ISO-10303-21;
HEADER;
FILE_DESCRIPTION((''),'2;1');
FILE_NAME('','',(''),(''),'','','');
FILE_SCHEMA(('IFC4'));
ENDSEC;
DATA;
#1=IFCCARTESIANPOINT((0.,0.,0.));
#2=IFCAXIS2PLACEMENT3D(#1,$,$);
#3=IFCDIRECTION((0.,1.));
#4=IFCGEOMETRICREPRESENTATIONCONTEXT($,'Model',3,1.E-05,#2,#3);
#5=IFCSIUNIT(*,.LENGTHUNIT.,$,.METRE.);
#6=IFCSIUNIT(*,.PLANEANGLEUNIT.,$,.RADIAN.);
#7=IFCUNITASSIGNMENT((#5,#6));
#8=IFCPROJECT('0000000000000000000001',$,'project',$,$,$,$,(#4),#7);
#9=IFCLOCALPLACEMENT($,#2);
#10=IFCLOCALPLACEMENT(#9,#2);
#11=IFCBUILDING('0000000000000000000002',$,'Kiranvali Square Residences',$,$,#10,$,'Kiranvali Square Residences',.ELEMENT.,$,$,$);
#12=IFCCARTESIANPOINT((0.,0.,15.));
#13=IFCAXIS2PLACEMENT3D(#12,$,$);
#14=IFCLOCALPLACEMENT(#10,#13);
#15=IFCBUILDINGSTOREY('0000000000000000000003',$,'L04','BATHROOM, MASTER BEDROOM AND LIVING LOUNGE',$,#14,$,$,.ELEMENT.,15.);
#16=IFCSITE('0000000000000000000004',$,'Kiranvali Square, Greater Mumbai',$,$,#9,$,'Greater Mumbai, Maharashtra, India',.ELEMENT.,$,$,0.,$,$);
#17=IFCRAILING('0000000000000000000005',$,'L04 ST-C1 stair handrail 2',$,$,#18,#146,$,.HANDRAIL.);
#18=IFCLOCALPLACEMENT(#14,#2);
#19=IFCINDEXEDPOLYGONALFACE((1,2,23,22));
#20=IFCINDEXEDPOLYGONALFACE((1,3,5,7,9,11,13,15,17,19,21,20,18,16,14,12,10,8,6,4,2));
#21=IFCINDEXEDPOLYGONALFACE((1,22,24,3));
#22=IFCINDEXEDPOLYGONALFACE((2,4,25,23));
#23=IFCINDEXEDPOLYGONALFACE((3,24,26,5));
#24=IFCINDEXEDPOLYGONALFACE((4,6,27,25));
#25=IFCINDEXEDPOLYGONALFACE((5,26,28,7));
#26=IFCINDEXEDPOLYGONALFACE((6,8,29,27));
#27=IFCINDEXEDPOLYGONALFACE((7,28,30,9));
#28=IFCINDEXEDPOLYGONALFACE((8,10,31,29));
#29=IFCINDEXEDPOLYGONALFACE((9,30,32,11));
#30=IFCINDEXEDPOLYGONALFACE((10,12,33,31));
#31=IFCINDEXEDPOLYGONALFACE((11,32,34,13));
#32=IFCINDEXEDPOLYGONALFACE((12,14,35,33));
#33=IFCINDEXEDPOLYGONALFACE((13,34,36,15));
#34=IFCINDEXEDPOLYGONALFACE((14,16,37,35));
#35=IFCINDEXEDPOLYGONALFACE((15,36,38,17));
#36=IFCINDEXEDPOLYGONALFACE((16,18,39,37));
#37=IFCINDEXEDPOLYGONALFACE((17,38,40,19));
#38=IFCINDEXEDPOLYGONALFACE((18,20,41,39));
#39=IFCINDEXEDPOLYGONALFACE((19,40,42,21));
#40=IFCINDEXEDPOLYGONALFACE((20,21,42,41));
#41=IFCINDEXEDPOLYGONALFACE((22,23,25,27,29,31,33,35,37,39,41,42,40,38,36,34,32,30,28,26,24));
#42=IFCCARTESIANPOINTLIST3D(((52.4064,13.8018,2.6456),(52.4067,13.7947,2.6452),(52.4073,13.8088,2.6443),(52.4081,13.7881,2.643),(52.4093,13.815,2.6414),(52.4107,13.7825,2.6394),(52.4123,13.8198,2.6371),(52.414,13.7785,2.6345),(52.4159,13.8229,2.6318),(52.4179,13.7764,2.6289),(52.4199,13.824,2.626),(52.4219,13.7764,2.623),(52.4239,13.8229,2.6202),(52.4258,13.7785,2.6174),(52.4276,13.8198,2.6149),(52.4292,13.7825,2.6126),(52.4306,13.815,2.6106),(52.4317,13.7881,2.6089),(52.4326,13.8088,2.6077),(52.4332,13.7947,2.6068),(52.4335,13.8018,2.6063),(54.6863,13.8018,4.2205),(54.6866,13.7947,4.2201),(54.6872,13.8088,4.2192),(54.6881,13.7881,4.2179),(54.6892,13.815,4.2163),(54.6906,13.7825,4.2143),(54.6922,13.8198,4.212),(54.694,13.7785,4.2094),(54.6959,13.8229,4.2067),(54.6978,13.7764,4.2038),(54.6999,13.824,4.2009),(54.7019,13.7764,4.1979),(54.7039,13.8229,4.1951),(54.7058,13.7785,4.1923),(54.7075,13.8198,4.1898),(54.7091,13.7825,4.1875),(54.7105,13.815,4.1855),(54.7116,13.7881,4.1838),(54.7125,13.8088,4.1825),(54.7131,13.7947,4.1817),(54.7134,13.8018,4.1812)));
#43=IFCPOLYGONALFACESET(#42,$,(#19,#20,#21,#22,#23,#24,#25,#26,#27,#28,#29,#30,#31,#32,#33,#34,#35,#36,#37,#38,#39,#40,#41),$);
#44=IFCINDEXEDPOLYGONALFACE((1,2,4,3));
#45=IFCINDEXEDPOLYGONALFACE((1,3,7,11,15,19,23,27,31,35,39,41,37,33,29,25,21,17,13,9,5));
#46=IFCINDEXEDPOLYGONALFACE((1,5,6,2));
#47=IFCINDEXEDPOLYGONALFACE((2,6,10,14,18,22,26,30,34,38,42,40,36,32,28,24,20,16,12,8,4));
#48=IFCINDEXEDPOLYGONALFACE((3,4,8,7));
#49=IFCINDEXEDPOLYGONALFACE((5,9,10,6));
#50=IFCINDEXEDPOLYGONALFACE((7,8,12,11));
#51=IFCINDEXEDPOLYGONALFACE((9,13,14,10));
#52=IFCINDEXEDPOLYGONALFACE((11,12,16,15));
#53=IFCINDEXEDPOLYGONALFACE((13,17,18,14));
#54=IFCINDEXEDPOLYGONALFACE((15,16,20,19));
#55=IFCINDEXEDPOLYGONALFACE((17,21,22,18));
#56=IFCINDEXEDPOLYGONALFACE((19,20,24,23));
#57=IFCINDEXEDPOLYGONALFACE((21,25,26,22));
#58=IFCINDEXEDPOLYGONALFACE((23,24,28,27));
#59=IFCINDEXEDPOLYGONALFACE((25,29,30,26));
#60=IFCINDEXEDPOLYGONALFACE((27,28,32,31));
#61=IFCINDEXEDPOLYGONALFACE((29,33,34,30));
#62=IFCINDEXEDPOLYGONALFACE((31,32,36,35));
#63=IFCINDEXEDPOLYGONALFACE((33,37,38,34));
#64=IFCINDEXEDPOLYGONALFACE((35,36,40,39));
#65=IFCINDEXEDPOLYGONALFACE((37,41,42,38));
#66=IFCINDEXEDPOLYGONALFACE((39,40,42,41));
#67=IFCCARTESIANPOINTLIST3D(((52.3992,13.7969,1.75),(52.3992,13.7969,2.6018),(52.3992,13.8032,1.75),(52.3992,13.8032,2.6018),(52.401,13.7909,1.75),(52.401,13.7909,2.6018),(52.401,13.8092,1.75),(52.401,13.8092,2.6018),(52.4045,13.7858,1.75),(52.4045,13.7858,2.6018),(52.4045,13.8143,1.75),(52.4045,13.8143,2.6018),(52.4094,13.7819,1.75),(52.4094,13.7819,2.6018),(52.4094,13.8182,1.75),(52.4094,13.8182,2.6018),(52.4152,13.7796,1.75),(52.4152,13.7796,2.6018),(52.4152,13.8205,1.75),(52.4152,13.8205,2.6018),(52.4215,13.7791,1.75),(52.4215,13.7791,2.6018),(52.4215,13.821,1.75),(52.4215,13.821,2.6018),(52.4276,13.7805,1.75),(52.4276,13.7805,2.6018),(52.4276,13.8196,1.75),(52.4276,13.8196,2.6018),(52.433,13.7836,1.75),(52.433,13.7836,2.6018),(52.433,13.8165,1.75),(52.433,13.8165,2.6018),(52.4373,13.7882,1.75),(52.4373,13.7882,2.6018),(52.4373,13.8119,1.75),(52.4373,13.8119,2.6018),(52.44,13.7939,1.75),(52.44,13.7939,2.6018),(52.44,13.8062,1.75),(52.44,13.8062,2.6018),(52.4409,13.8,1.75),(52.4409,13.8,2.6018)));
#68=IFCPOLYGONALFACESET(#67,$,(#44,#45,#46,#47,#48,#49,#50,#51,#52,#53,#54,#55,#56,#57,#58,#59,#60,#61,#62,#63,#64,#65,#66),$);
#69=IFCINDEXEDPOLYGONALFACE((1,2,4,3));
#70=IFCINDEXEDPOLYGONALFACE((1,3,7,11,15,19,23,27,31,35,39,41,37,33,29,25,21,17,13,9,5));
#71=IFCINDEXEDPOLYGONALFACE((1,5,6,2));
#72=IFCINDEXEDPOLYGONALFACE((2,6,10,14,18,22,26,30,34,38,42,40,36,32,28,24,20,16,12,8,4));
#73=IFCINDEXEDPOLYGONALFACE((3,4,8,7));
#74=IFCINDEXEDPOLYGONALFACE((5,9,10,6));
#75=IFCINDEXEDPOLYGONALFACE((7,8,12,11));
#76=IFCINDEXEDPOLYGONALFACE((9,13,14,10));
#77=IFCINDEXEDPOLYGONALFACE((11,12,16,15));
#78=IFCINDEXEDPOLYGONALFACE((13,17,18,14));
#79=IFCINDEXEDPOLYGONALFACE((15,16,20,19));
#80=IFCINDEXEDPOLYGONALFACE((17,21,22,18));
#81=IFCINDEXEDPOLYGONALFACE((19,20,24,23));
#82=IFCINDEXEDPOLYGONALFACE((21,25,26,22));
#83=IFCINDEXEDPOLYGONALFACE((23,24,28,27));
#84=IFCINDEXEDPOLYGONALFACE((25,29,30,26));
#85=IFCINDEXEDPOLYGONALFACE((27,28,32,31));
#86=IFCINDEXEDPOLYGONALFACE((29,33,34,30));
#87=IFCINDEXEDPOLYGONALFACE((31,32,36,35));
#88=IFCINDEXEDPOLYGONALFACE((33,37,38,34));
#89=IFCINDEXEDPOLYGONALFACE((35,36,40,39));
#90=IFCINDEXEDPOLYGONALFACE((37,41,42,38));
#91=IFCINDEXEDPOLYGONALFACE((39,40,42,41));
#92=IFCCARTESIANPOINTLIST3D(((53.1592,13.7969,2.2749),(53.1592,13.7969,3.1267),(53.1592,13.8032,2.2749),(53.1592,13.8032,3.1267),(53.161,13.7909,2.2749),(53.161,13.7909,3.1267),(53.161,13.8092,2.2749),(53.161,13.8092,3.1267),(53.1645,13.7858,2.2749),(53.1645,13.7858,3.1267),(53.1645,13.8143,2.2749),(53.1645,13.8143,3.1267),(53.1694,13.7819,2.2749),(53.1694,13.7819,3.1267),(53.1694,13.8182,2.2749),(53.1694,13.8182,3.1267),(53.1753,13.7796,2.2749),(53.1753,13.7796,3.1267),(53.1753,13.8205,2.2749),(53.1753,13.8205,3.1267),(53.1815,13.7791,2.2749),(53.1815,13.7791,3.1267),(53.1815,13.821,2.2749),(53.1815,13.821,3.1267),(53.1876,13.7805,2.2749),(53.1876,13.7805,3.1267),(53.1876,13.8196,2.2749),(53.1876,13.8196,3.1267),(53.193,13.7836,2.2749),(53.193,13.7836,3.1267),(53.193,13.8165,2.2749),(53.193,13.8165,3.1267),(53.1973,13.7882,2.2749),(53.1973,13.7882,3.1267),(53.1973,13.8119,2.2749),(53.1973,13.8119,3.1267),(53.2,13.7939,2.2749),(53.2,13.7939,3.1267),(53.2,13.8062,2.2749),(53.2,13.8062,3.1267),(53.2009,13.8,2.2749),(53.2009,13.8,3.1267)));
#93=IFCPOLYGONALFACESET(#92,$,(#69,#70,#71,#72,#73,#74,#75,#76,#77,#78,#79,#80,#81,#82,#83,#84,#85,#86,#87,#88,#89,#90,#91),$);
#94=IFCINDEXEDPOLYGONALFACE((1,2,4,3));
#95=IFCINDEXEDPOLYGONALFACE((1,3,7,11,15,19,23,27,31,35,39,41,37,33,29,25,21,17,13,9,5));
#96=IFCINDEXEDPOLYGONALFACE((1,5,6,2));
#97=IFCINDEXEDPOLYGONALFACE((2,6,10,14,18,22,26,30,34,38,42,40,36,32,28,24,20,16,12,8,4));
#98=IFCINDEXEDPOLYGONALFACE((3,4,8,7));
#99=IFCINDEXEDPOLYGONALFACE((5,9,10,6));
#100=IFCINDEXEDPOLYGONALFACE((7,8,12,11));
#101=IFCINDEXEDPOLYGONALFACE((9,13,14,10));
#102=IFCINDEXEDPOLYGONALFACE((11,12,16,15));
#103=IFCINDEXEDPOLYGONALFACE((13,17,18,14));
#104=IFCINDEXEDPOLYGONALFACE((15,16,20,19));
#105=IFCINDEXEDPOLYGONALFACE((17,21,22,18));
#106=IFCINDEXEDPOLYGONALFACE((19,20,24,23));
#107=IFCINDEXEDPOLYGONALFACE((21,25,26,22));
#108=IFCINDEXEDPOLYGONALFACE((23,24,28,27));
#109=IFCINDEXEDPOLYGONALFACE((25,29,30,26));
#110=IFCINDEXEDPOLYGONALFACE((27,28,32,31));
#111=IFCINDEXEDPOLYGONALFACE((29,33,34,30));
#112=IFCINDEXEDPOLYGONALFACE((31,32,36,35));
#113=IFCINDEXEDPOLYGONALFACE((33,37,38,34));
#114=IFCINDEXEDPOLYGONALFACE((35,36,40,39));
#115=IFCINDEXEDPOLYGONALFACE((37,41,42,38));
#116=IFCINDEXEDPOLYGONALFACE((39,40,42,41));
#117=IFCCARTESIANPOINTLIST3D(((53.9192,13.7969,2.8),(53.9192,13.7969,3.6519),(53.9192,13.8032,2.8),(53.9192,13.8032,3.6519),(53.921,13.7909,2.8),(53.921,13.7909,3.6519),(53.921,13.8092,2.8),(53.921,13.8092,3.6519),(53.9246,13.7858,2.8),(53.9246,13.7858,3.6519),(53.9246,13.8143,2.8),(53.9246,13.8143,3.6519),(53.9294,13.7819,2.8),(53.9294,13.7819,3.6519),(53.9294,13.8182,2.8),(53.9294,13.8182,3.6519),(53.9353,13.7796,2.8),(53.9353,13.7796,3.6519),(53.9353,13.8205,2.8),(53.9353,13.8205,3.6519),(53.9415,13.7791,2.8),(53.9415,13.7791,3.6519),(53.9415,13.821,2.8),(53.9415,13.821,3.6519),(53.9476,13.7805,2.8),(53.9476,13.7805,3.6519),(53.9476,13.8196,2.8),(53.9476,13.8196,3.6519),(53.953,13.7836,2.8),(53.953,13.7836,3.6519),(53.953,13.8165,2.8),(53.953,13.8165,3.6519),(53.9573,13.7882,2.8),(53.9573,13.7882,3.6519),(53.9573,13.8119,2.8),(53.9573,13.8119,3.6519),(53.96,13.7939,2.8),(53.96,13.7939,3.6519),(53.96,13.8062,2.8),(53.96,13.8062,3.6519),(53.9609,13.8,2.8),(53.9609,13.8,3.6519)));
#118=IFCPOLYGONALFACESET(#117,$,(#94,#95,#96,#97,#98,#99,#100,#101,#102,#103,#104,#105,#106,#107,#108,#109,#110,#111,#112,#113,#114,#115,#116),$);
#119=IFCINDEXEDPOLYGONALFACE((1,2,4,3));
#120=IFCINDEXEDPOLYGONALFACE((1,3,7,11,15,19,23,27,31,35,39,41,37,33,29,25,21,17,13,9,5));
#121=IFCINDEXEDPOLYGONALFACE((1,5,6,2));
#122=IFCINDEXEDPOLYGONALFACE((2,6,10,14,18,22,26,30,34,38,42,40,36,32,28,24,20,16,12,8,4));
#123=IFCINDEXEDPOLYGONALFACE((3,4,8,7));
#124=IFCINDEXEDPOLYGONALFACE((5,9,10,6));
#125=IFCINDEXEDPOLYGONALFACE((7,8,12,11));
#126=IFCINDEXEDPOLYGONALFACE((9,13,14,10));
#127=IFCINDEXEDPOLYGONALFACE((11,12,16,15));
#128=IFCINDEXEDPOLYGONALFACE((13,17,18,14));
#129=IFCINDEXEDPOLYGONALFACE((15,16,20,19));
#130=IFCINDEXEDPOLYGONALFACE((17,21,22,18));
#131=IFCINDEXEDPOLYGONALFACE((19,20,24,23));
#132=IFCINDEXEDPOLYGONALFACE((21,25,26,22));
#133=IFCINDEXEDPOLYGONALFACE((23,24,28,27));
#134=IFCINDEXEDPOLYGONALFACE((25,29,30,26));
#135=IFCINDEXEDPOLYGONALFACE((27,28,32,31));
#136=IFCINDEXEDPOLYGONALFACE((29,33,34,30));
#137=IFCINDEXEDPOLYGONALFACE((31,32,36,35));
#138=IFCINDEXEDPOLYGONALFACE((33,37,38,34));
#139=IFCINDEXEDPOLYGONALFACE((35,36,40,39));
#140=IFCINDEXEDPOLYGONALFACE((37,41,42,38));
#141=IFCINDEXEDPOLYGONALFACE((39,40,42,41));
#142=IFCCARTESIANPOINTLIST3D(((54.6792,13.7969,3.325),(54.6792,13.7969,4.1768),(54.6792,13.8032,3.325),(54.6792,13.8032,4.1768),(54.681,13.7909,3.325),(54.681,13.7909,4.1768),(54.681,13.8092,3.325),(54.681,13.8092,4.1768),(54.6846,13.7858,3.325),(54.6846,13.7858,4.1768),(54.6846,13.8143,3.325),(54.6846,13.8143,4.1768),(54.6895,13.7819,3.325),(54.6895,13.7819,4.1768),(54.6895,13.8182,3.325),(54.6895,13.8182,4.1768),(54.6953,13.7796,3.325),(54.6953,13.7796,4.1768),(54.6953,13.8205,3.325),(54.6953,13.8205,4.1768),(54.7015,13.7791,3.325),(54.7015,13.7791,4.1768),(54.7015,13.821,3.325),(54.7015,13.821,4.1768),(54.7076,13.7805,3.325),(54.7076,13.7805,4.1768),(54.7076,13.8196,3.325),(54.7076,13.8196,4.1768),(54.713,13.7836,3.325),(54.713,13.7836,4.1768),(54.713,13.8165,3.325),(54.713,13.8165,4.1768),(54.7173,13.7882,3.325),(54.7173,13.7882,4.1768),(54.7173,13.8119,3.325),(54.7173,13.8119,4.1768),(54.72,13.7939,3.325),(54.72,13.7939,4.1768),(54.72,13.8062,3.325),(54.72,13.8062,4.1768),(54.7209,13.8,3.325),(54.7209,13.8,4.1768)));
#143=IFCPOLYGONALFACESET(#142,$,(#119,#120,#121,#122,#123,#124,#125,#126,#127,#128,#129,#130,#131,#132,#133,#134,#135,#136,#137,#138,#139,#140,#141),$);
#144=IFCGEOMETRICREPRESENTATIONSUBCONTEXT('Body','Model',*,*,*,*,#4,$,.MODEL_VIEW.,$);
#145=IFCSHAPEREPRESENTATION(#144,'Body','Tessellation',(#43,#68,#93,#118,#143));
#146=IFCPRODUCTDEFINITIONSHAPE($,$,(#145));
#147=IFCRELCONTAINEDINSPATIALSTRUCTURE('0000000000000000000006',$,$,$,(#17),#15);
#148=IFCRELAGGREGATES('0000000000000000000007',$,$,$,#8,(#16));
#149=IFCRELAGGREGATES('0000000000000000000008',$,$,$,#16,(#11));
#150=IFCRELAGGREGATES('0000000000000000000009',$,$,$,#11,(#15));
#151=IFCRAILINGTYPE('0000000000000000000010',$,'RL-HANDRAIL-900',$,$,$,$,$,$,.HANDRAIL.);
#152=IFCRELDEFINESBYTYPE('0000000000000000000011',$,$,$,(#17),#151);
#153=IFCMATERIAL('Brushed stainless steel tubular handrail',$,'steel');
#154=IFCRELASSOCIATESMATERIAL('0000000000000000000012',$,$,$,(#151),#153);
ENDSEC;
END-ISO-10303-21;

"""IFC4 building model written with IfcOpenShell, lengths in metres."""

from ifc_helpers import new_model, si_unit, direction, frame, origin, origin_2d, place, context, subcontext, project, spatial, circle, extrude, material, type_object, element, save


model = new_model("IFC4")

# Units and contexts
model_context = context("Model", 3, precision=1e-05, world=origin(), true_north=direction((0.0, 1.0)))
body_context = subcontext(model_context, "Body", "Model", "MODEL_VIEW")
ifc_project = project(units=[si_unit("LENGTHUNIT", "METRE"), si_unit("PLANEANGLEUNIT", "RADIAN")], contexts=[model_context])

# Site, building, storey
site_placement = place(None, origin())
site = spatial("IfcSite", under=ifc_project, at=site_placement, Name="Kiranvali Square, Greater Mumbai", LongName="Greater Mumbai, Maharashtra, India", CompositionType="ELEMENT", RefElevation=0.0)
building_placement = place(site_placement, origin())
building = spatial("IfcBuilding", under=site, at=building_placement, Name="Kiranvali Square Residences", LongName="Kiranvali Square Residences", CompositionType="ELEMENT")
storey_placement = place(building_placement, frame((0.0, 0.0, 15.0)))
storey = spatial("IfcBuildingStorey", under=building, at=storey_placement, Name="L04", Description="BATHROOM, MASTER BEDROOM AND LIVING LOUNGE", CompositionType="ELEMENT", Elevation=15.0)

# Railing
ifc_material_1 = material(Name="Brushed stainless steel tubular handrail", Category="steel")
railing_type_1 = type_object("IfcRailingType", Name="RL-HANDRAIL-900", PredefinedType="HANDRAIL", material=ifc_material_1)
railing_1_placement = place(storey_placement, frame((52.4199, 13.8, 1.75)))
element("IfcRailing", 1, at=railing_1_placement, inside=storey, type_object=railing_type_1, Name="L04 ST-C1 stair handrail 2", PredefinedType="HANDRAIL", context=body_context, shape_type="SweptSolid", body=[
    extrude(circle(Radius=0.0239, at=origin_2d()), frame((0.0, 0.0, 0.876), z_axis=(0.822788, 0.0, 0.568348), x_axis=(0.0, 1.0, 0.0)), (0.0, 0.0, 1.0), 2.771),
    extrude(circle(Radius=0.021, at=origin_2d()), origin(), (0.0, 0.0, 1.0), 0.8518),
    extrude(circle(Radius=0.021, at=origin_2d()), frame((0.76, 0.0, 0.5249)), (0.0, 0.0, 1.0), 0.8518),
    extrude(circle(Radius=0.021, at=origin_2d()), frame((1.52, 0.0, 1.05)), (0.0, 0.0, 1.0), 0.8518),
    extrude(circle(Radius=0.021, at=origin_2d()), frame((2.28, 0.0, 1.575)), (0.0, 0.0, 1.0), 0.8518),
])

save(model, "model.ifc")
